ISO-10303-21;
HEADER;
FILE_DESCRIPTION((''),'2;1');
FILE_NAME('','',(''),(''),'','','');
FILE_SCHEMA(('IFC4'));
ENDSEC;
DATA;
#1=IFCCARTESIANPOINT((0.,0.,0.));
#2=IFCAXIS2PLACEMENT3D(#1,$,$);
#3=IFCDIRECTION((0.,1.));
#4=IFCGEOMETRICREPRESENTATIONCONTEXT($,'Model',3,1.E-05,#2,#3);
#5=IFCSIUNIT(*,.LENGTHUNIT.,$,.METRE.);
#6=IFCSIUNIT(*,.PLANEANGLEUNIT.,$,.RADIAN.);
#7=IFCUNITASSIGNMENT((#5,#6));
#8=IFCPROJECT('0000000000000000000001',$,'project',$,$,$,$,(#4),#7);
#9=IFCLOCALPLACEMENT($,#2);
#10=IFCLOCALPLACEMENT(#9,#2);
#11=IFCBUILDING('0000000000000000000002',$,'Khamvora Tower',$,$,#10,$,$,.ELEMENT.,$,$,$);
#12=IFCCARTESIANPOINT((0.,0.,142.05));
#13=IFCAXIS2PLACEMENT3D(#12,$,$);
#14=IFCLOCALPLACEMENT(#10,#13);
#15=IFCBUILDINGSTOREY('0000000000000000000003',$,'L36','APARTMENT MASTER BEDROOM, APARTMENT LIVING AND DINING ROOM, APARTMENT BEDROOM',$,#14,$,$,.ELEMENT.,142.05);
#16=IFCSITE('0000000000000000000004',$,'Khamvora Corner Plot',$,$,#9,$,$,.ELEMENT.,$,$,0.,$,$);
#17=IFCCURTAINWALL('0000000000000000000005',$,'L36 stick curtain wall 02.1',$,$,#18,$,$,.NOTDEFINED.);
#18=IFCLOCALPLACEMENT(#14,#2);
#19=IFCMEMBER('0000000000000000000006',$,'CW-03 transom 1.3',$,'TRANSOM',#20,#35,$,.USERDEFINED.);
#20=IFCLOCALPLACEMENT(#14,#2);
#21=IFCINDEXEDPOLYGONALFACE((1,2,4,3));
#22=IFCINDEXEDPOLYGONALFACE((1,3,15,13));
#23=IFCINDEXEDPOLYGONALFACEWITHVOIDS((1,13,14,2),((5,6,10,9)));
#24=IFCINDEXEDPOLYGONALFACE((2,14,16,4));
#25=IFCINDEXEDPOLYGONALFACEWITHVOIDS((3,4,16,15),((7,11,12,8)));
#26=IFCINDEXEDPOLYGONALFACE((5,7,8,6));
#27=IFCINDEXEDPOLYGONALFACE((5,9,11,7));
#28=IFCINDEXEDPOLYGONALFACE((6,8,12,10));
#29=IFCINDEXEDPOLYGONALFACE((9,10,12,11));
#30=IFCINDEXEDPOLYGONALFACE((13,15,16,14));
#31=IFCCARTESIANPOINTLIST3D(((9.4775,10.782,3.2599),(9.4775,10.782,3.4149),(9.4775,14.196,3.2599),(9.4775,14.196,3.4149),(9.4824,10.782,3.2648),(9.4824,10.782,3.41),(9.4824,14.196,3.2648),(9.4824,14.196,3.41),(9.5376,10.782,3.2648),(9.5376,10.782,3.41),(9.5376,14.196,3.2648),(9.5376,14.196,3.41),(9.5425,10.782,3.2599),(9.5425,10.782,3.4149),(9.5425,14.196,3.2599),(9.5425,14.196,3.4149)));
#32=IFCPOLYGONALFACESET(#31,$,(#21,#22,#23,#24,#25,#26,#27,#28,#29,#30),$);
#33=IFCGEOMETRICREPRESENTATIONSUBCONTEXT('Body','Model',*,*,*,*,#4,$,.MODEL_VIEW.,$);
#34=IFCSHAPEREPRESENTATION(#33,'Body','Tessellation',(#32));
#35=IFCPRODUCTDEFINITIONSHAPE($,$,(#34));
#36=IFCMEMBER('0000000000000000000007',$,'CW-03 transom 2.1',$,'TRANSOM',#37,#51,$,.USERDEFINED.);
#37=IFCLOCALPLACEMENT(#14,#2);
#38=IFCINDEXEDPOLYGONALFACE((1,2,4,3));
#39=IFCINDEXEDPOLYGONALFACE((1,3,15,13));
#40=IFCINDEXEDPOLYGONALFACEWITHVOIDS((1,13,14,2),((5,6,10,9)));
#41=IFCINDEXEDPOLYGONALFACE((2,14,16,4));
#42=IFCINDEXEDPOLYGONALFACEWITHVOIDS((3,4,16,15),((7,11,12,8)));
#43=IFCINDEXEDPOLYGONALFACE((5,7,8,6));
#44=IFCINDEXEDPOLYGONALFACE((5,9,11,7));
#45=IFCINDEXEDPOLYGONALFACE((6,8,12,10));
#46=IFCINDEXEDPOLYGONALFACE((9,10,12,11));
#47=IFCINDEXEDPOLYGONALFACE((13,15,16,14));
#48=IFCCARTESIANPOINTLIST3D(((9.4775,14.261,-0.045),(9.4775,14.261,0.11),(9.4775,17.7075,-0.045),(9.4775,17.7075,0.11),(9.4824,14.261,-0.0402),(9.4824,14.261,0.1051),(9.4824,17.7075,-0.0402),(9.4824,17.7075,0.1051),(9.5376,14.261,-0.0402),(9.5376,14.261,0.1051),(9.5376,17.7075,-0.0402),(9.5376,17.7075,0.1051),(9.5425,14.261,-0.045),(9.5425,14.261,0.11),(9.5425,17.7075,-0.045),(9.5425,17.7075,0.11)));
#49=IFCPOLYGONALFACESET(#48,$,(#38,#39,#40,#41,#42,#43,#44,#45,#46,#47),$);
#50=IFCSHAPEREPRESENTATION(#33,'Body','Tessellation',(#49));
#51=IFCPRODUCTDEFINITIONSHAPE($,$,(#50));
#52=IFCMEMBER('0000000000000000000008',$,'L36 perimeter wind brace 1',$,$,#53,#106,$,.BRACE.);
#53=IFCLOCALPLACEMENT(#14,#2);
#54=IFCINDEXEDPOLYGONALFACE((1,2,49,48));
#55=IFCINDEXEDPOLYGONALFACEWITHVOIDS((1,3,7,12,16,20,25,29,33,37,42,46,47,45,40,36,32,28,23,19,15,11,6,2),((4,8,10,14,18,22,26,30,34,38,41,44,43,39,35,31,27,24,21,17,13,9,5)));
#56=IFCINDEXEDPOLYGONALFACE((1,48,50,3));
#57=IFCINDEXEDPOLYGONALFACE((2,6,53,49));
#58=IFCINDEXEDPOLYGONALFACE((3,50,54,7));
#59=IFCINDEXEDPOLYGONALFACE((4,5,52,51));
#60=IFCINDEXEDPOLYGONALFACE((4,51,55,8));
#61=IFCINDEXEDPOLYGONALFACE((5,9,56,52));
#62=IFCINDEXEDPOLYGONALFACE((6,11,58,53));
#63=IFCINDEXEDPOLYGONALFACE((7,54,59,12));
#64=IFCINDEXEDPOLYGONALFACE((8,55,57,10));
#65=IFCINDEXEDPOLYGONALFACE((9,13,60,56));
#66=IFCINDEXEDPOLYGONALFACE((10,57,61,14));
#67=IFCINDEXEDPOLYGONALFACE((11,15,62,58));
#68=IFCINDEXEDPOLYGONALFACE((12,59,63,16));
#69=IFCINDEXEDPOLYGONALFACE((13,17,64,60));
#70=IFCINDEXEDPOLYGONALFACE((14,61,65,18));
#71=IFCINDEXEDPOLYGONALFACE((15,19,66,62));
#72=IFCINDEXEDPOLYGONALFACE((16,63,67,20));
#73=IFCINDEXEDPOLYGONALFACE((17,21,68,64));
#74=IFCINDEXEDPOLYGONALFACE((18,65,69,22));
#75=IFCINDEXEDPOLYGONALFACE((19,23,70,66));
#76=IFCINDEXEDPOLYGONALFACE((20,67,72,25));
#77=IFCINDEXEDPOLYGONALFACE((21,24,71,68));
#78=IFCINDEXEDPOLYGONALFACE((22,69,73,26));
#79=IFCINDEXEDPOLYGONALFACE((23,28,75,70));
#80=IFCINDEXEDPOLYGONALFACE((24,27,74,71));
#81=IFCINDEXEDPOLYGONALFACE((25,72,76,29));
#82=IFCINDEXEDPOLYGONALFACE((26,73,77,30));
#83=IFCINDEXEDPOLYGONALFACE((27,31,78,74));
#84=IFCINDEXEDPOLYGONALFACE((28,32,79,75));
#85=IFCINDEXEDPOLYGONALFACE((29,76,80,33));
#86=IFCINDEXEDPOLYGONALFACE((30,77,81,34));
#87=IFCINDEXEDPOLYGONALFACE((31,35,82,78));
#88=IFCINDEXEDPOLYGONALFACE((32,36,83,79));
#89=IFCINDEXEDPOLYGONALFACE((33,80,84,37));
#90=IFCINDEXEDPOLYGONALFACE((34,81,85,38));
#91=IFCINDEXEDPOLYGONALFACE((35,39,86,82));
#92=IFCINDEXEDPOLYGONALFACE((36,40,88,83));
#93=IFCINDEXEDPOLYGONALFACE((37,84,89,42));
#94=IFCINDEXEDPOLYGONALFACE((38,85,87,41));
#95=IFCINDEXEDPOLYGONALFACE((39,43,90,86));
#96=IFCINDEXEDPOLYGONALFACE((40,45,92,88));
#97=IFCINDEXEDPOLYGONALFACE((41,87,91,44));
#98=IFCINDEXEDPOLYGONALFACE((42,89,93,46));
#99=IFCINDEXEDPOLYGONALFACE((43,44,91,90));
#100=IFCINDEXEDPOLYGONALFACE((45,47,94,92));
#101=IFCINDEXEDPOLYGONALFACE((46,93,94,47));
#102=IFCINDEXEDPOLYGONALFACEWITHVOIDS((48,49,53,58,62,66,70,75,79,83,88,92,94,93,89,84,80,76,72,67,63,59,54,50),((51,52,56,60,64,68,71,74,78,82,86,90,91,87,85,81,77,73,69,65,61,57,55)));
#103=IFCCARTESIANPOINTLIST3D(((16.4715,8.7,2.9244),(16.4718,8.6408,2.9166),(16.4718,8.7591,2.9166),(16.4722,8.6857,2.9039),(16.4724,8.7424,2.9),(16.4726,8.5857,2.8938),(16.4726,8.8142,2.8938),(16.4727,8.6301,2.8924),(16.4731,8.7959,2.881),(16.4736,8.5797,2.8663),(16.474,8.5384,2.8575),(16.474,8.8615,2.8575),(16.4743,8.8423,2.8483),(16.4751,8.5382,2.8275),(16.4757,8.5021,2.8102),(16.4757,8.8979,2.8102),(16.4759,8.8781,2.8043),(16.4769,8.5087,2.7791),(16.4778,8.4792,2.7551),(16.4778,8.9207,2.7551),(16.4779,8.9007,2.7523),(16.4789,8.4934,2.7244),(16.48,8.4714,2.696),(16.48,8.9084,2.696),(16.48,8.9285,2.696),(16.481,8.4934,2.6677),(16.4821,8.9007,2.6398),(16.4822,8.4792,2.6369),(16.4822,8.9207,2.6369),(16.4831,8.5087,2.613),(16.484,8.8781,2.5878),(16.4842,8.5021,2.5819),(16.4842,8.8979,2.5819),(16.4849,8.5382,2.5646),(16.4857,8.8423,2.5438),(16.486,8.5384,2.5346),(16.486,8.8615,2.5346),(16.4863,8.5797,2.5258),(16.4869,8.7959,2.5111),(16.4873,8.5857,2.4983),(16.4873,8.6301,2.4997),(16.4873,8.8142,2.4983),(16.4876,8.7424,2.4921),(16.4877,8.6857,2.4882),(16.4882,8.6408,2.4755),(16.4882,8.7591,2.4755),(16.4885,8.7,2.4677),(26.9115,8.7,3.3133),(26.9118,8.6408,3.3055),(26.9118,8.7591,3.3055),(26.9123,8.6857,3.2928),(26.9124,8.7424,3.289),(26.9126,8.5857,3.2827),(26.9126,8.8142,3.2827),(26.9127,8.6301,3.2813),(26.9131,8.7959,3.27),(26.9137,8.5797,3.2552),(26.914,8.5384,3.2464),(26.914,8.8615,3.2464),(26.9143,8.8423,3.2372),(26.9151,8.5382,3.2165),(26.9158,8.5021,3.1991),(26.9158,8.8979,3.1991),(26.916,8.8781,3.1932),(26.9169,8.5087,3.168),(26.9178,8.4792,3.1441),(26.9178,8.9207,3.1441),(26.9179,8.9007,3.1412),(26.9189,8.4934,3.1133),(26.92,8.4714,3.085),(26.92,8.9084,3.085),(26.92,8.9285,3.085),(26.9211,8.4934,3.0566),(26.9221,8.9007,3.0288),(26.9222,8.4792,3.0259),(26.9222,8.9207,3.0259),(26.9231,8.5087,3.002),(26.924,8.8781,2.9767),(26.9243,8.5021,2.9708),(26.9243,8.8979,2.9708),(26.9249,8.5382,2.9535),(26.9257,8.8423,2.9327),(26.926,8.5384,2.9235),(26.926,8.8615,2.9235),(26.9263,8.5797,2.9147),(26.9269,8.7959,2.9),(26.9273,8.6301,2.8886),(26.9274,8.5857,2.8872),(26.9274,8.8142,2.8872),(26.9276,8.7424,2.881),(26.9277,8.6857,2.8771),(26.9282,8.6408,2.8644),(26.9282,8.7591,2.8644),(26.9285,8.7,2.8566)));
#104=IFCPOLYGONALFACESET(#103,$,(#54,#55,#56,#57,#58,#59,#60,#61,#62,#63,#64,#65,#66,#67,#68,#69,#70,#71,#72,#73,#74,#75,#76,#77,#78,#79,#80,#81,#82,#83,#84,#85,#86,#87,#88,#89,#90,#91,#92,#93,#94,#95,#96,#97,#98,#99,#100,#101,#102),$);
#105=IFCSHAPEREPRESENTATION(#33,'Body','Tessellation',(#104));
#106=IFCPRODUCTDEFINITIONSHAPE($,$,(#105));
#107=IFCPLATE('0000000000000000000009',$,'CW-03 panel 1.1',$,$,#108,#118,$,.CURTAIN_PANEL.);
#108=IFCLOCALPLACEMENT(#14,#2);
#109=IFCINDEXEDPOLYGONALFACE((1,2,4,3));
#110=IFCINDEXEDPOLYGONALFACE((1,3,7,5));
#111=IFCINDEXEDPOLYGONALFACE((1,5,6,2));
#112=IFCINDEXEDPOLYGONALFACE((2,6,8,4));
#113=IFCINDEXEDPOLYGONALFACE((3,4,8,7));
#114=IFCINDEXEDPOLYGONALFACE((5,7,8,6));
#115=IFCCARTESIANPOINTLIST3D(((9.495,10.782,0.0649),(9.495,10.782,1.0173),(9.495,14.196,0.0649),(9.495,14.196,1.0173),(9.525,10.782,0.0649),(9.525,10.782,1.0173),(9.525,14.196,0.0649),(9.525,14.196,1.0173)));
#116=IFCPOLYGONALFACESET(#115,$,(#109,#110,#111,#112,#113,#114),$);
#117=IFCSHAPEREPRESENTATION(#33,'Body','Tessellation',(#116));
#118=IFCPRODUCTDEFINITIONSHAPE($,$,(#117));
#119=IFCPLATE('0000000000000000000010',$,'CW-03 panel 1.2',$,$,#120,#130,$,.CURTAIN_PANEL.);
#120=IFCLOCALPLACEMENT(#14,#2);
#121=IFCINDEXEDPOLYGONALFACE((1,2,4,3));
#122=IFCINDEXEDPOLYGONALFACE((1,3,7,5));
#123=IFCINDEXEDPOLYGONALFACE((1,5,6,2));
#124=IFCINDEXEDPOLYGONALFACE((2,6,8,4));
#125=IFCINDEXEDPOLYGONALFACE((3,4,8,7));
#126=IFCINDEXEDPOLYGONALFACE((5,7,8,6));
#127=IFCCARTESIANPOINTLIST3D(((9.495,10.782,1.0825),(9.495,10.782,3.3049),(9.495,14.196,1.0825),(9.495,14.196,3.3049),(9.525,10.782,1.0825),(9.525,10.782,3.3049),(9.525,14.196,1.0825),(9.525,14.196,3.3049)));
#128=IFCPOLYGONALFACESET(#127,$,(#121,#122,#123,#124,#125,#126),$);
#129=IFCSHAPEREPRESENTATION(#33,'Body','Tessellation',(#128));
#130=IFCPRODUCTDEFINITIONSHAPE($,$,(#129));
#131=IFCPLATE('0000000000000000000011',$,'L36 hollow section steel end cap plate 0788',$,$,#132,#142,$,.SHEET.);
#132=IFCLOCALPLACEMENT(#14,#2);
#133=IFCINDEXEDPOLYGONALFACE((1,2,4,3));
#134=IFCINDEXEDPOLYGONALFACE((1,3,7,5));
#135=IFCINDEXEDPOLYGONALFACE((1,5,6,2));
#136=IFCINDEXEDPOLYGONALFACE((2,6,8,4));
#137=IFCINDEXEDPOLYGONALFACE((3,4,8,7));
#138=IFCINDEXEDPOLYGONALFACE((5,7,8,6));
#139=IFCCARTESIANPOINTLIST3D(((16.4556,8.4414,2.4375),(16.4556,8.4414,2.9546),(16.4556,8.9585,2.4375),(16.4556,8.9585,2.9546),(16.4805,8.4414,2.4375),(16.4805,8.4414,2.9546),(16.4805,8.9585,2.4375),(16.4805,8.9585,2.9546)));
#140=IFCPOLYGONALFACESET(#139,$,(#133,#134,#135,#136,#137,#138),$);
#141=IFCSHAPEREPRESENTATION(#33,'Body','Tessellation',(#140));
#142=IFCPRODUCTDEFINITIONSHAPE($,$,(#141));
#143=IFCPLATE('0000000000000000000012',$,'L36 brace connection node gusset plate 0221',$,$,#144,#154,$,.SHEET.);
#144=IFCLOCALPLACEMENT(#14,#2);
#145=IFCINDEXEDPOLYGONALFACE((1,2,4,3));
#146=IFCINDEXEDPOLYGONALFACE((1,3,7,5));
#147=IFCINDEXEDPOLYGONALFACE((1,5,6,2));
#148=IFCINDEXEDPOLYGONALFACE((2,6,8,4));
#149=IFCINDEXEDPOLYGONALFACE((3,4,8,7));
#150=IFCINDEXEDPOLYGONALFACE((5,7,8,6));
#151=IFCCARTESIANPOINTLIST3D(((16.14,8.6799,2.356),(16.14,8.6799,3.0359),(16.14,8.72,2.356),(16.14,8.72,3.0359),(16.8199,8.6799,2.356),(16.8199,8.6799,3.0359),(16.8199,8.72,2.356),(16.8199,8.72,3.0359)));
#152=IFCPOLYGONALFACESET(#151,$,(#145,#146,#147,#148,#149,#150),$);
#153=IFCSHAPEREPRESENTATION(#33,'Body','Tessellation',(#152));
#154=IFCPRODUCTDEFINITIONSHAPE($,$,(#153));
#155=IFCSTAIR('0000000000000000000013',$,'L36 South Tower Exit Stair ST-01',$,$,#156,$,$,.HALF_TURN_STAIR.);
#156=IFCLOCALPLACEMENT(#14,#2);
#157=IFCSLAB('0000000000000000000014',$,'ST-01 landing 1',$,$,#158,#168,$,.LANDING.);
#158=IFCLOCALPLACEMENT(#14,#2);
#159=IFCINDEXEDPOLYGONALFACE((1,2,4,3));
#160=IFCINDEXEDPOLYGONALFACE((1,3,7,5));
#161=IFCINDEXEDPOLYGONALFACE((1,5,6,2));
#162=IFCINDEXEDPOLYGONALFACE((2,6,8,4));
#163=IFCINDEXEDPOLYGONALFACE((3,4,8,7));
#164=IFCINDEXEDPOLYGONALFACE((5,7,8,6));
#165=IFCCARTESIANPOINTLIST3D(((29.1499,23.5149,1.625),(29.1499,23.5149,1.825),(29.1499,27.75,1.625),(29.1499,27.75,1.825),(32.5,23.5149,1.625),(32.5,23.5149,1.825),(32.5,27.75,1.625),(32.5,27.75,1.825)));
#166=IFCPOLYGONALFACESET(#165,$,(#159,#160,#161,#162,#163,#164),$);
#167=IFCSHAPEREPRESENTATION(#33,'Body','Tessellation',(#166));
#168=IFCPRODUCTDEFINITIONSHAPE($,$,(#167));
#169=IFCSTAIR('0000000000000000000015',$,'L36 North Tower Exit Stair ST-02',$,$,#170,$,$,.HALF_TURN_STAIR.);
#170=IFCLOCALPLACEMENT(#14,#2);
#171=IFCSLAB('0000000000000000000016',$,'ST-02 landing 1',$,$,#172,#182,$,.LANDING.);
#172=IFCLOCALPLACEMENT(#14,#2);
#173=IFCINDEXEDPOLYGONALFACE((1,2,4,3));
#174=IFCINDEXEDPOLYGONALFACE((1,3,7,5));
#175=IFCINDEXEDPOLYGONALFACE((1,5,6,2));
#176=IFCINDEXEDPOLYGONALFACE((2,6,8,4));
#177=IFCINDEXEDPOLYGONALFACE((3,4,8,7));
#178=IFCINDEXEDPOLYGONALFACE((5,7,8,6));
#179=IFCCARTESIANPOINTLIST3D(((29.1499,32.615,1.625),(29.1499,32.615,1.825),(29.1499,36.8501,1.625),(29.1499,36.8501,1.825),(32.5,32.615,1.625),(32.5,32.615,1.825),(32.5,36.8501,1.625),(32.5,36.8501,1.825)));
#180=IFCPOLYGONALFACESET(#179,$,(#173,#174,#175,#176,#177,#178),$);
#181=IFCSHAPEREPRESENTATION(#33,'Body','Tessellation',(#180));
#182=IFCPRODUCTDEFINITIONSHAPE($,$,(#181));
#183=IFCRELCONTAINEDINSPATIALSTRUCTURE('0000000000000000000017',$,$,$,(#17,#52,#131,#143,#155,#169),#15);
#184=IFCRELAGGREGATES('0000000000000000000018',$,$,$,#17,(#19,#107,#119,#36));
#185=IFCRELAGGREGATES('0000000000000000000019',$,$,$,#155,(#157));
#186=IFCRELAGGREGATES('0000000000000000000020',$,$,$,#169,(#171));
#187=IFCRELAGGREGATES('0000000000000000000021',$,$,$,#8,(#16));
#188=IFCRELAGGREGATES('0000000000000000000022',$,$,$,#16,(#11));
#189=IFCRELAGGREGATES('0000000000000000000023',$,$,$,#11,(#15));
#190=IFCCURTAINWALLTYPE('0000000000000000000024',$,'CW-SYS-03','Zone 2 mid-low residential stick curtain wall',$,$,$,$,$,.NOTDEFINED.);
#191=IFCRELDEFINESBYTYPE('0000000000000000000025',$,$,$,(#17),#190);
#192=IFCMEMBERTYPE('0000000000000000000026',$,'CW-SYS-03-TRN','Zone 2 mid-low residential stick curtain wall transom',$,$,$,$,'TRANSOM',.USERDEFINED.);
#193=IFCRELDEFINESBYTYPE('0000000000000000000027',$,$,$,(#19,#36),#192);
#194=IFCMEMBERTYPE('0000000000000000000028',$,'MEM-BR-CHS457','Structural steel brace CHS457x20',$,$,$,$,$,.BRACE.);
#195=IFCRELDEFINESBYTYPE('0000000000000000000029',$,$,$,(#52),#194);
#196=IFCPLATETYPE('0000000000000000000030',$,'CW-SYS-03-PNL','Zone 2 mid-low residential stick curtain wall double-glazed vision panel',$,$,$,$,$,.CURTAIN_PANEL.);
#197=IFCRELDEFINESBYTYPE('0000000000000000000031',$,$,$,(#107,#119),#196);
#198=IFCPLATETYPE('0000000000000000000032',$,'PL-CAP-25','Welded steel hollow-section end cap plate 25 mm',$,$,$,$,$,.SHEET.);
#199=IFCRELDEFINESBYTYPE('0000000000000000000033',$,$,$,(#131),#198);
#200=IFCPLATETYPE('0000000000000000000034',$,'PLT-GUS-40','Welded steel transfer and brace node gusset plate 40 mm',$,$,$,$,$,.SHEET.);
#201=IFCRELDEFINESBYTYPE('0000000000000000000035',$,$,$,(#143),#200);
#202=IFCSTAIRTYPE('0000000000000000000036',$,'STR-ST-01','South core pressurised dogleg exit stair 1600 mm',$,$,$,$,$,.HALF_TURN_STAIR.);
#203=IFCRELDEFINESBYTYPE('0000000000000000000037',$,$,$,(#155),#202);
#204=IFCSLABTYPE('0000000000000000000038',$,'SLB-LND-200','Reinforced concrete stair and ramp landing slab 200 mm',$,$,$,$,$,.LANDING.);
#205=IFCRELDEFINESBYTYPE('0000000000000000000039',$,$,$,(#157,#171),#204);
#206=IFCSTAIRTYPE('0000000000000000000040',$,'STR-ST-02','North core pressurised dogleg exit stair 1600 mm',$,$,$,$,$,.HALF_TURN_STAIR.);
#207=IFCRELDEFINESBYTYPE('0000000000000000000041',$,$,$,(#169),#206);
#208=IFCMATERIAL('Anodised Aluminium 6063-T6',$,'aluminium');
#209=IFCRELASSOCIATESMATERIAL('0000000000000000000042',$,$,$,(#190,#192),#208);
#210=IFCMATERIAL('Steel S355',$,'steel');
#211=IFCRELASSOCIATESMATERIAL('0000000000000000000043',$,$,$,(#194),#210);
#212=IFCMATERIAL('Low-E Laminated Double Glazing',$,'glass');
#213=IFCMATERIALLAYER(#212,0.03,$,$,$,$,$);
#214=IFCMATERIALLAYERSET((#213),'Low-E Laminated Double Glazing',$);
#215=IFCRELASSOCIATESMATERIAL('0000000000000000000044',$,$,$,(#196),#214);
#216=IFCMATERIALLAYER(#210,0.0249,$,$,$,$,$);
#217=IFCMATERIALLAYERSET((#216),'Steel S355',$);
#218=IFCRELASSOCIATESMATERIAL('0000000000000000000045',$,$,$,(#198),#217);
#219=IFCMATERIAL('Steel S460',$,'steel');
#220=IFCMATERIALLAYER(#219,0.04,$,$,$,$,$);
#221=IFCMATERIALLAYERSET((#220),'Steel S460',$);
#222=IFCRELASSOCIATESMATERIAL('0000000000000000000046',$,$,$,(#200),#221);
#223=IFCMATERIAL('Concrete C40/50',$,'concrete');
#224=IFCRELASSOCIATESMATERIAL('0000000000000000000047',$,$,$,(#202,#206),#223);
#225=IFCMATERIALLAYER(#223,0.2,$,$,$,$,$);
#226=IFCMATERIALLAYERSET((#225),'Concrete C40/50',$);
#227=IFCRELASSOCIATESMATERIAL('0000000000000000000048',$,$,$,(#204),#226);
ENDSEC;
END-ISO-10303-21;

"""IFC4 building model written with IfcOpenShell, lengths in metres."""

from ifc_helpers import new_model, si_unit, direction, frame, origin, origin_2d, place, context, subcontext, project, spatial, polyline, rectangle, hollow_rectangle, hollow_circle, outline, extrude, material, layer, layer_set, material_profile, profile_set, type_object, element, aggregate, save


model = new_model("IFC4")

# Units and contexts
model_context = context("Model", 3, precision=1e-05, world=origin(), true_north=direction((0.0, 1.0)))
body_context = subcontext(model_context, "Body", "Model", "MODEL_VIEW")
ifc_project = project(units=[si_unit("LENGTHUNIT", "METRE"), si_unit("PLANEANGLEUNIT", "RADIAN")], contexts=[model_context])

# Site, building, storey
site_placement = place(None, origin())
site = spatial("IfcSite", under=ifc_project, at=site_placement, Name="Khamvora Corner Plot", CompositionType="ELEMENT", RefElevation=0.0)
building_placement = place(site_placement, origin())
building = spatial("IfcBuilding", under=site, at=building_placement, Name="Khamvora Tower", CompositionType="ELEMENT")
storey_placement = place(building_placement, frame((0.0, 0.0, 142.05)))
storey = spatial("IfcBuildingStorey", under=building, at=storey_placement, Name="L36", Description="APARTMENT MASTER BEDROOM, APARTMENT LIVING AND DINING ROOM, APARTMENT BEDROOM", CompositionType="ELEMENT", Elevation=142.05)

# Shared definitions
ifc_material_1 = material(Name="Steel S355", Category="steel")

# Curtain wall, members
ifc_material_2 = material(Name="Anodised Aluminium 6063-T6", Category="aluminium")
curtain_wall_type = type_object("IfcCurtainWallType", Name="CW-SYS-03", Description="Zone 2 mid-low residential stick curtain wall", PredefinedType="NOTDEFINED", material=ifc_material_2)
curtain_wall_placement = place(storey_placement, origin())
curtain_wall = element("IfcCurtainWall", 1, at=curtain_wall_placement, inside=storey, type_object=curtain_wall_type, Name="L36 stick curtain wall 02.1", PredefinedType="NOTDEFINED")
ifc_material_profile_1 = material_profile(ifc_material_2, hollow_rectangle(XDim=0.0649, YDim=0.155, WallThickness=0.0049, at=origin_2d()), Name="TRN65x155x5")
ifc_profile_set_1 = profile_set([ifc_material_profile_1], Name="Anodised Aluminium 6063-T6")
member_type_1 = type_object("IfcMemberType", Name="CW-SYS-03-TRN", Description="Zone 2 mid-low residential stick curtain wall transom", ElementType="TRANSOM", PredefinedType="USERDEFINED", material=ifc_profile_set_1)
member_1_placement = place(storey_placement, frame((9.51, 10.782, 3.3374), z_axis=(0.0, 1.0, 0.0), x_axis=(-1.0, 0.0, 0.0)))
member_1 = element("IfcMember", 2, at=member_1_placement, type_object=member_type_1, Name="CW-03 transom 1.3", ObjectType="TRANSOM", PredefinedType="USERDEFINED", context=body_context, shape_type="SweptSolid", body=[
    extrude(hollow_rectangle(XDim=0.0649, YDim=0.155, WallThickness=0.0049, at=origin_2d()), origin(), (0.0, 0.0, 1.0), 3.4141),
])
member_2_placement = place(storey_placement, frame((9.51, 14.261, 0.0325), z_axis=(0.0, 1.0, 0.0), x_axis=(-1.0, 0.0, 0.0)))
member_2 = element("IfcMember", 3, at=member_2_placement, type_object=member_type_1, Name="CW-03 transom 2.1", ObjectType="TRANSOM", PredefinedType="USERDEFINED", context=body_context, shape_type="SweptSolid", body=[
    extrude(hollow_rectangle(XDim=0.0649, YDim=0.155, WallThickness=0.0049, at=origin_2d()), origin(), (0.0, 0.0, 1.0), 3.4465),
])

# Member
ifc_material_profile_2 = material_profile(ifc_material_1, hollow_circle(Radius=0.2285, WallThickness=0.02, at=origin_2d()), Name="CHS457x20")
ifc_profile_set_2 = profile_set([ifc_material_profile_2], Name="Steel S355")
member_type_2 = type_object("IfcMemberType", Name="MEM-BR-CHS457", Description="Structural steel brace CHS457x20", PredefinedType="BRACE", material=ifc_profile_set_2)
member_3_placement = place(storey_placement, frame((16.48, 8.7, 2.696), z_axis=(0.999307, 0.0, 0.037227), x_axis=(0.0, 1.0, 0.0)))
element("IfcMember", 4, at=member_3_placement, inside=storey, type_object=member_type_2, Name="L36 perimeter wind brace 1", PredefinedType="BRACE", context=body_context, shape_type="SweptSolid", body=[
    extrude(hollow_circle(Radius=0.2285, WallThickness=0.02, at=origin_2d()), origin(), (0.0, 0.0, 1.0), 10.4473),
])

# Plates
ifc_material_3 = material(Name="Low-E Laminated Double Glazing", Category="glass")
ifc_layer_1 = layer(ifc_material_3, 0.03)
ifc_layer_set_1 = layer_set([ifc_layer_1], Name="Low-E Laminated Double Glazing")
plate_type_1 = type_object("IfcPlateType", Name="CW-SYS-03-PNL", Description="Zone 2 mid-low residential stick curtain wall double-glazed vision panel", PredefinedType="CURTAIN_PANEL", material=ifc_layer_set_1)
plate_1_placement = place(storey_placement, frame((9.51, 12.489, 0.0649), z_axis=(0.0, 0.0, 1.0), x_axis=(0.0, 1.0, 0.0)))
plate_1 = element("IfcPlate", 5, at=plate_1_placement, type_object=plate_type_1, Name="CW-03 panel 1.1", PredefinedType="CURTAIN_PANEL", context=body_context, shape_type="SweptSolid", body=[
    extrude(rectangle(XDim=3.4141, YDim=0.03, at=origin_2d()), origin(), (0.0, 0.0, 1.0), 0.9524),
])
plate_2_placement = place(storey_placement, frame((9.51, 12.489, 1.0825), z_axis=(0.0, 0.0, 1.0), x_axis=(0.0, 1.0, 0.0)))
plate_2 = element("IfcPlate", 6, at=plate_2_placement, type_object=plate_type_1, Name="CW-03 panel 1.2", PredefinedType="CURTAIN_PANEL", context=body_context, shape_type="SweptSolid", body=[
    extrude(rectangle(XDim=3.4141, YDim=0.03, at=origin_2d()), origin(), (0.0, 0.0, 1.0), 2.2224),
])
aggregate(curtain_wall, [member_1, plate_1, plate_2, member_2])

# Plates
ifc_layer_2 = layer(ifc_material_1, 0.0249)
ifc_layer_set_2 = layer_set([ifc_layer_2], Name="Steel S355")
plate_type_2 = type_object("IfcPlateType", Name="PL-CAP-25", Description="Welded steel hollow-section end cap plate 25 mm", PredefinedType="SHEET", material=ifc_layer_set_2)
plate_3_placement = place(storey_placement, frame((16.468, 8.7, 2.4375), z_axis=(0.0, 0.0, 1.0), x_axis=(1.0, 0.0, 0.0)))
element("IfcPlate", 7, at=plate_3_placement, inside=storey, type_object=plate_type_2, Name="L36 hollow section steel end cap plate 0788", PredefinedType="SHEET", context=body_context, shape_type="SweptSolid", body=[
    extrude(rectangle(XDim=0.0249, YDim=0.5171, at=origin_2d()), origin(), (0.0, 0.0, 1.0), 0.5171),
])
ifc_material_4 = material(Name="Steel S460", Category="steel")
ifc_layer_3 = layer(ifc_material_4, 0.04)
ifc_layer_set_3 = layer_set([ifc_layer_3], Name="Steel S460")
plate_type_3 = type_object("IfcPlateType", Name="PLT-GUS-40", Description="Welded steel transfer and brace node gusset plate 40 mm", PredefinedType="SHEET", material=ifc_layer_set_3)
plate_4_placement = place(storey_placement, frame((16.48, 8.7, 2.356), z_axis=(0.0, 0.0, 1.0), x_axis=(1.0, 0.0, 0.0)))
element("IfcPlate", 8, at=plate_4_placement, inside=storey, type_object=plate_type_3, Name="L36 brace connection node gusset plate 0221", PredefinedType="SHEET", context=body_context, shape_type="SweptSolid", body=[
    extrude(rectangle(XDim=0.6799, YDim=0.04, at=origin_2d()), origin(), (0.0, 0.0, 1.0), 0.6799),
])

# Stairs, slabs
ifc_material_5 = material(Name="Concrete C40/50", Category="concrete")
stair_type_1 = type_object("IfcStairType", Name="STR-ST-01", Description="South core pressurised dogleg exit stair 1600 mm", PredefinedType="HALF_TURN_STAIR", material=ifc_material_5)
stair_1_placement = place(storey_placement, origin())
stair_1 = element("IfcStair", 9, at=stair_1_placement, inside=storey, type_object=stair_type_1, Name="L36 South Tower Exit Stair ST-01", PredefinedType="HALF_TURN_STAIR")
ifc_layer_4 = layer(ifc_material_5, 0.2)
ifc_layer_set_4 = layer_set([ifc_layer_4], Name="Concrete C40/50")
slab_type_1 = type_object("IfcSlabType", Name="SLB-LND-200", Description="Reinforced concrete stair and ramp landing slab 200 mm", PredefinedType="LANDING", material=ifc_layer_set_4)
slab_1_placement = place(storey_placement, frame((0.0, 0.0, 1.625)))
slab_1 = element("IfcSlab", 10, at=slab_1_placement, type_object=slab_type_1, Name="ST-01 landing 1", PredefinedType="LANDING", context=body_context, shape_type="SweptSolid", body=[
    extrude(outline(polyline([(32.5, 23.5149), (32.5, 27.75), (29.1499, 27.75), (29.1499, 23.5149), (32.5, 23.5149)])), origin(), (0.0, 0.0, 1.0), 0.2),
])
aggregate(stair_1, [slab_1])
stair_type_2 = type_object("IfcStairType", Name="STR-ST-02", Description="North core pressurised dogleg exit stair 1600 mm", PredefinedType="HALF_TURN_STAIR", material=ifc_material_5)
stair_2_placement = place(storey_placement, origin())
stair_2 = element("IfcStair", 11, at=stair_2_placement, inside=storey, type_object=stair_type_2, Name="L36 North Tower Exit Stair ST-02", PredefinedType="HALF_TURN_STAIR")
slab_2_placement = place(storey_placement, frame((0.0, 0.0, 1.625)))
slab_2 = element("IfcSlab", 12, at=slab_2_placement, type_object=slab_type_1, Name="ST-02 landing 1", PredefinedType="LANDING", context=body_context, shape_type="SweptSolid", body=[
    extrude(outline(polyline([(32.5, 32.615), (32.5, 36.8501), (29.1499, 36.8501), (29.1499, 32.615), (32.5, 32.615)])), origin(), (0.0, 0.0, 1.0), 0.2),
])
aggregate(stair_2, [slab_2])

save(model, "model.ifc")
